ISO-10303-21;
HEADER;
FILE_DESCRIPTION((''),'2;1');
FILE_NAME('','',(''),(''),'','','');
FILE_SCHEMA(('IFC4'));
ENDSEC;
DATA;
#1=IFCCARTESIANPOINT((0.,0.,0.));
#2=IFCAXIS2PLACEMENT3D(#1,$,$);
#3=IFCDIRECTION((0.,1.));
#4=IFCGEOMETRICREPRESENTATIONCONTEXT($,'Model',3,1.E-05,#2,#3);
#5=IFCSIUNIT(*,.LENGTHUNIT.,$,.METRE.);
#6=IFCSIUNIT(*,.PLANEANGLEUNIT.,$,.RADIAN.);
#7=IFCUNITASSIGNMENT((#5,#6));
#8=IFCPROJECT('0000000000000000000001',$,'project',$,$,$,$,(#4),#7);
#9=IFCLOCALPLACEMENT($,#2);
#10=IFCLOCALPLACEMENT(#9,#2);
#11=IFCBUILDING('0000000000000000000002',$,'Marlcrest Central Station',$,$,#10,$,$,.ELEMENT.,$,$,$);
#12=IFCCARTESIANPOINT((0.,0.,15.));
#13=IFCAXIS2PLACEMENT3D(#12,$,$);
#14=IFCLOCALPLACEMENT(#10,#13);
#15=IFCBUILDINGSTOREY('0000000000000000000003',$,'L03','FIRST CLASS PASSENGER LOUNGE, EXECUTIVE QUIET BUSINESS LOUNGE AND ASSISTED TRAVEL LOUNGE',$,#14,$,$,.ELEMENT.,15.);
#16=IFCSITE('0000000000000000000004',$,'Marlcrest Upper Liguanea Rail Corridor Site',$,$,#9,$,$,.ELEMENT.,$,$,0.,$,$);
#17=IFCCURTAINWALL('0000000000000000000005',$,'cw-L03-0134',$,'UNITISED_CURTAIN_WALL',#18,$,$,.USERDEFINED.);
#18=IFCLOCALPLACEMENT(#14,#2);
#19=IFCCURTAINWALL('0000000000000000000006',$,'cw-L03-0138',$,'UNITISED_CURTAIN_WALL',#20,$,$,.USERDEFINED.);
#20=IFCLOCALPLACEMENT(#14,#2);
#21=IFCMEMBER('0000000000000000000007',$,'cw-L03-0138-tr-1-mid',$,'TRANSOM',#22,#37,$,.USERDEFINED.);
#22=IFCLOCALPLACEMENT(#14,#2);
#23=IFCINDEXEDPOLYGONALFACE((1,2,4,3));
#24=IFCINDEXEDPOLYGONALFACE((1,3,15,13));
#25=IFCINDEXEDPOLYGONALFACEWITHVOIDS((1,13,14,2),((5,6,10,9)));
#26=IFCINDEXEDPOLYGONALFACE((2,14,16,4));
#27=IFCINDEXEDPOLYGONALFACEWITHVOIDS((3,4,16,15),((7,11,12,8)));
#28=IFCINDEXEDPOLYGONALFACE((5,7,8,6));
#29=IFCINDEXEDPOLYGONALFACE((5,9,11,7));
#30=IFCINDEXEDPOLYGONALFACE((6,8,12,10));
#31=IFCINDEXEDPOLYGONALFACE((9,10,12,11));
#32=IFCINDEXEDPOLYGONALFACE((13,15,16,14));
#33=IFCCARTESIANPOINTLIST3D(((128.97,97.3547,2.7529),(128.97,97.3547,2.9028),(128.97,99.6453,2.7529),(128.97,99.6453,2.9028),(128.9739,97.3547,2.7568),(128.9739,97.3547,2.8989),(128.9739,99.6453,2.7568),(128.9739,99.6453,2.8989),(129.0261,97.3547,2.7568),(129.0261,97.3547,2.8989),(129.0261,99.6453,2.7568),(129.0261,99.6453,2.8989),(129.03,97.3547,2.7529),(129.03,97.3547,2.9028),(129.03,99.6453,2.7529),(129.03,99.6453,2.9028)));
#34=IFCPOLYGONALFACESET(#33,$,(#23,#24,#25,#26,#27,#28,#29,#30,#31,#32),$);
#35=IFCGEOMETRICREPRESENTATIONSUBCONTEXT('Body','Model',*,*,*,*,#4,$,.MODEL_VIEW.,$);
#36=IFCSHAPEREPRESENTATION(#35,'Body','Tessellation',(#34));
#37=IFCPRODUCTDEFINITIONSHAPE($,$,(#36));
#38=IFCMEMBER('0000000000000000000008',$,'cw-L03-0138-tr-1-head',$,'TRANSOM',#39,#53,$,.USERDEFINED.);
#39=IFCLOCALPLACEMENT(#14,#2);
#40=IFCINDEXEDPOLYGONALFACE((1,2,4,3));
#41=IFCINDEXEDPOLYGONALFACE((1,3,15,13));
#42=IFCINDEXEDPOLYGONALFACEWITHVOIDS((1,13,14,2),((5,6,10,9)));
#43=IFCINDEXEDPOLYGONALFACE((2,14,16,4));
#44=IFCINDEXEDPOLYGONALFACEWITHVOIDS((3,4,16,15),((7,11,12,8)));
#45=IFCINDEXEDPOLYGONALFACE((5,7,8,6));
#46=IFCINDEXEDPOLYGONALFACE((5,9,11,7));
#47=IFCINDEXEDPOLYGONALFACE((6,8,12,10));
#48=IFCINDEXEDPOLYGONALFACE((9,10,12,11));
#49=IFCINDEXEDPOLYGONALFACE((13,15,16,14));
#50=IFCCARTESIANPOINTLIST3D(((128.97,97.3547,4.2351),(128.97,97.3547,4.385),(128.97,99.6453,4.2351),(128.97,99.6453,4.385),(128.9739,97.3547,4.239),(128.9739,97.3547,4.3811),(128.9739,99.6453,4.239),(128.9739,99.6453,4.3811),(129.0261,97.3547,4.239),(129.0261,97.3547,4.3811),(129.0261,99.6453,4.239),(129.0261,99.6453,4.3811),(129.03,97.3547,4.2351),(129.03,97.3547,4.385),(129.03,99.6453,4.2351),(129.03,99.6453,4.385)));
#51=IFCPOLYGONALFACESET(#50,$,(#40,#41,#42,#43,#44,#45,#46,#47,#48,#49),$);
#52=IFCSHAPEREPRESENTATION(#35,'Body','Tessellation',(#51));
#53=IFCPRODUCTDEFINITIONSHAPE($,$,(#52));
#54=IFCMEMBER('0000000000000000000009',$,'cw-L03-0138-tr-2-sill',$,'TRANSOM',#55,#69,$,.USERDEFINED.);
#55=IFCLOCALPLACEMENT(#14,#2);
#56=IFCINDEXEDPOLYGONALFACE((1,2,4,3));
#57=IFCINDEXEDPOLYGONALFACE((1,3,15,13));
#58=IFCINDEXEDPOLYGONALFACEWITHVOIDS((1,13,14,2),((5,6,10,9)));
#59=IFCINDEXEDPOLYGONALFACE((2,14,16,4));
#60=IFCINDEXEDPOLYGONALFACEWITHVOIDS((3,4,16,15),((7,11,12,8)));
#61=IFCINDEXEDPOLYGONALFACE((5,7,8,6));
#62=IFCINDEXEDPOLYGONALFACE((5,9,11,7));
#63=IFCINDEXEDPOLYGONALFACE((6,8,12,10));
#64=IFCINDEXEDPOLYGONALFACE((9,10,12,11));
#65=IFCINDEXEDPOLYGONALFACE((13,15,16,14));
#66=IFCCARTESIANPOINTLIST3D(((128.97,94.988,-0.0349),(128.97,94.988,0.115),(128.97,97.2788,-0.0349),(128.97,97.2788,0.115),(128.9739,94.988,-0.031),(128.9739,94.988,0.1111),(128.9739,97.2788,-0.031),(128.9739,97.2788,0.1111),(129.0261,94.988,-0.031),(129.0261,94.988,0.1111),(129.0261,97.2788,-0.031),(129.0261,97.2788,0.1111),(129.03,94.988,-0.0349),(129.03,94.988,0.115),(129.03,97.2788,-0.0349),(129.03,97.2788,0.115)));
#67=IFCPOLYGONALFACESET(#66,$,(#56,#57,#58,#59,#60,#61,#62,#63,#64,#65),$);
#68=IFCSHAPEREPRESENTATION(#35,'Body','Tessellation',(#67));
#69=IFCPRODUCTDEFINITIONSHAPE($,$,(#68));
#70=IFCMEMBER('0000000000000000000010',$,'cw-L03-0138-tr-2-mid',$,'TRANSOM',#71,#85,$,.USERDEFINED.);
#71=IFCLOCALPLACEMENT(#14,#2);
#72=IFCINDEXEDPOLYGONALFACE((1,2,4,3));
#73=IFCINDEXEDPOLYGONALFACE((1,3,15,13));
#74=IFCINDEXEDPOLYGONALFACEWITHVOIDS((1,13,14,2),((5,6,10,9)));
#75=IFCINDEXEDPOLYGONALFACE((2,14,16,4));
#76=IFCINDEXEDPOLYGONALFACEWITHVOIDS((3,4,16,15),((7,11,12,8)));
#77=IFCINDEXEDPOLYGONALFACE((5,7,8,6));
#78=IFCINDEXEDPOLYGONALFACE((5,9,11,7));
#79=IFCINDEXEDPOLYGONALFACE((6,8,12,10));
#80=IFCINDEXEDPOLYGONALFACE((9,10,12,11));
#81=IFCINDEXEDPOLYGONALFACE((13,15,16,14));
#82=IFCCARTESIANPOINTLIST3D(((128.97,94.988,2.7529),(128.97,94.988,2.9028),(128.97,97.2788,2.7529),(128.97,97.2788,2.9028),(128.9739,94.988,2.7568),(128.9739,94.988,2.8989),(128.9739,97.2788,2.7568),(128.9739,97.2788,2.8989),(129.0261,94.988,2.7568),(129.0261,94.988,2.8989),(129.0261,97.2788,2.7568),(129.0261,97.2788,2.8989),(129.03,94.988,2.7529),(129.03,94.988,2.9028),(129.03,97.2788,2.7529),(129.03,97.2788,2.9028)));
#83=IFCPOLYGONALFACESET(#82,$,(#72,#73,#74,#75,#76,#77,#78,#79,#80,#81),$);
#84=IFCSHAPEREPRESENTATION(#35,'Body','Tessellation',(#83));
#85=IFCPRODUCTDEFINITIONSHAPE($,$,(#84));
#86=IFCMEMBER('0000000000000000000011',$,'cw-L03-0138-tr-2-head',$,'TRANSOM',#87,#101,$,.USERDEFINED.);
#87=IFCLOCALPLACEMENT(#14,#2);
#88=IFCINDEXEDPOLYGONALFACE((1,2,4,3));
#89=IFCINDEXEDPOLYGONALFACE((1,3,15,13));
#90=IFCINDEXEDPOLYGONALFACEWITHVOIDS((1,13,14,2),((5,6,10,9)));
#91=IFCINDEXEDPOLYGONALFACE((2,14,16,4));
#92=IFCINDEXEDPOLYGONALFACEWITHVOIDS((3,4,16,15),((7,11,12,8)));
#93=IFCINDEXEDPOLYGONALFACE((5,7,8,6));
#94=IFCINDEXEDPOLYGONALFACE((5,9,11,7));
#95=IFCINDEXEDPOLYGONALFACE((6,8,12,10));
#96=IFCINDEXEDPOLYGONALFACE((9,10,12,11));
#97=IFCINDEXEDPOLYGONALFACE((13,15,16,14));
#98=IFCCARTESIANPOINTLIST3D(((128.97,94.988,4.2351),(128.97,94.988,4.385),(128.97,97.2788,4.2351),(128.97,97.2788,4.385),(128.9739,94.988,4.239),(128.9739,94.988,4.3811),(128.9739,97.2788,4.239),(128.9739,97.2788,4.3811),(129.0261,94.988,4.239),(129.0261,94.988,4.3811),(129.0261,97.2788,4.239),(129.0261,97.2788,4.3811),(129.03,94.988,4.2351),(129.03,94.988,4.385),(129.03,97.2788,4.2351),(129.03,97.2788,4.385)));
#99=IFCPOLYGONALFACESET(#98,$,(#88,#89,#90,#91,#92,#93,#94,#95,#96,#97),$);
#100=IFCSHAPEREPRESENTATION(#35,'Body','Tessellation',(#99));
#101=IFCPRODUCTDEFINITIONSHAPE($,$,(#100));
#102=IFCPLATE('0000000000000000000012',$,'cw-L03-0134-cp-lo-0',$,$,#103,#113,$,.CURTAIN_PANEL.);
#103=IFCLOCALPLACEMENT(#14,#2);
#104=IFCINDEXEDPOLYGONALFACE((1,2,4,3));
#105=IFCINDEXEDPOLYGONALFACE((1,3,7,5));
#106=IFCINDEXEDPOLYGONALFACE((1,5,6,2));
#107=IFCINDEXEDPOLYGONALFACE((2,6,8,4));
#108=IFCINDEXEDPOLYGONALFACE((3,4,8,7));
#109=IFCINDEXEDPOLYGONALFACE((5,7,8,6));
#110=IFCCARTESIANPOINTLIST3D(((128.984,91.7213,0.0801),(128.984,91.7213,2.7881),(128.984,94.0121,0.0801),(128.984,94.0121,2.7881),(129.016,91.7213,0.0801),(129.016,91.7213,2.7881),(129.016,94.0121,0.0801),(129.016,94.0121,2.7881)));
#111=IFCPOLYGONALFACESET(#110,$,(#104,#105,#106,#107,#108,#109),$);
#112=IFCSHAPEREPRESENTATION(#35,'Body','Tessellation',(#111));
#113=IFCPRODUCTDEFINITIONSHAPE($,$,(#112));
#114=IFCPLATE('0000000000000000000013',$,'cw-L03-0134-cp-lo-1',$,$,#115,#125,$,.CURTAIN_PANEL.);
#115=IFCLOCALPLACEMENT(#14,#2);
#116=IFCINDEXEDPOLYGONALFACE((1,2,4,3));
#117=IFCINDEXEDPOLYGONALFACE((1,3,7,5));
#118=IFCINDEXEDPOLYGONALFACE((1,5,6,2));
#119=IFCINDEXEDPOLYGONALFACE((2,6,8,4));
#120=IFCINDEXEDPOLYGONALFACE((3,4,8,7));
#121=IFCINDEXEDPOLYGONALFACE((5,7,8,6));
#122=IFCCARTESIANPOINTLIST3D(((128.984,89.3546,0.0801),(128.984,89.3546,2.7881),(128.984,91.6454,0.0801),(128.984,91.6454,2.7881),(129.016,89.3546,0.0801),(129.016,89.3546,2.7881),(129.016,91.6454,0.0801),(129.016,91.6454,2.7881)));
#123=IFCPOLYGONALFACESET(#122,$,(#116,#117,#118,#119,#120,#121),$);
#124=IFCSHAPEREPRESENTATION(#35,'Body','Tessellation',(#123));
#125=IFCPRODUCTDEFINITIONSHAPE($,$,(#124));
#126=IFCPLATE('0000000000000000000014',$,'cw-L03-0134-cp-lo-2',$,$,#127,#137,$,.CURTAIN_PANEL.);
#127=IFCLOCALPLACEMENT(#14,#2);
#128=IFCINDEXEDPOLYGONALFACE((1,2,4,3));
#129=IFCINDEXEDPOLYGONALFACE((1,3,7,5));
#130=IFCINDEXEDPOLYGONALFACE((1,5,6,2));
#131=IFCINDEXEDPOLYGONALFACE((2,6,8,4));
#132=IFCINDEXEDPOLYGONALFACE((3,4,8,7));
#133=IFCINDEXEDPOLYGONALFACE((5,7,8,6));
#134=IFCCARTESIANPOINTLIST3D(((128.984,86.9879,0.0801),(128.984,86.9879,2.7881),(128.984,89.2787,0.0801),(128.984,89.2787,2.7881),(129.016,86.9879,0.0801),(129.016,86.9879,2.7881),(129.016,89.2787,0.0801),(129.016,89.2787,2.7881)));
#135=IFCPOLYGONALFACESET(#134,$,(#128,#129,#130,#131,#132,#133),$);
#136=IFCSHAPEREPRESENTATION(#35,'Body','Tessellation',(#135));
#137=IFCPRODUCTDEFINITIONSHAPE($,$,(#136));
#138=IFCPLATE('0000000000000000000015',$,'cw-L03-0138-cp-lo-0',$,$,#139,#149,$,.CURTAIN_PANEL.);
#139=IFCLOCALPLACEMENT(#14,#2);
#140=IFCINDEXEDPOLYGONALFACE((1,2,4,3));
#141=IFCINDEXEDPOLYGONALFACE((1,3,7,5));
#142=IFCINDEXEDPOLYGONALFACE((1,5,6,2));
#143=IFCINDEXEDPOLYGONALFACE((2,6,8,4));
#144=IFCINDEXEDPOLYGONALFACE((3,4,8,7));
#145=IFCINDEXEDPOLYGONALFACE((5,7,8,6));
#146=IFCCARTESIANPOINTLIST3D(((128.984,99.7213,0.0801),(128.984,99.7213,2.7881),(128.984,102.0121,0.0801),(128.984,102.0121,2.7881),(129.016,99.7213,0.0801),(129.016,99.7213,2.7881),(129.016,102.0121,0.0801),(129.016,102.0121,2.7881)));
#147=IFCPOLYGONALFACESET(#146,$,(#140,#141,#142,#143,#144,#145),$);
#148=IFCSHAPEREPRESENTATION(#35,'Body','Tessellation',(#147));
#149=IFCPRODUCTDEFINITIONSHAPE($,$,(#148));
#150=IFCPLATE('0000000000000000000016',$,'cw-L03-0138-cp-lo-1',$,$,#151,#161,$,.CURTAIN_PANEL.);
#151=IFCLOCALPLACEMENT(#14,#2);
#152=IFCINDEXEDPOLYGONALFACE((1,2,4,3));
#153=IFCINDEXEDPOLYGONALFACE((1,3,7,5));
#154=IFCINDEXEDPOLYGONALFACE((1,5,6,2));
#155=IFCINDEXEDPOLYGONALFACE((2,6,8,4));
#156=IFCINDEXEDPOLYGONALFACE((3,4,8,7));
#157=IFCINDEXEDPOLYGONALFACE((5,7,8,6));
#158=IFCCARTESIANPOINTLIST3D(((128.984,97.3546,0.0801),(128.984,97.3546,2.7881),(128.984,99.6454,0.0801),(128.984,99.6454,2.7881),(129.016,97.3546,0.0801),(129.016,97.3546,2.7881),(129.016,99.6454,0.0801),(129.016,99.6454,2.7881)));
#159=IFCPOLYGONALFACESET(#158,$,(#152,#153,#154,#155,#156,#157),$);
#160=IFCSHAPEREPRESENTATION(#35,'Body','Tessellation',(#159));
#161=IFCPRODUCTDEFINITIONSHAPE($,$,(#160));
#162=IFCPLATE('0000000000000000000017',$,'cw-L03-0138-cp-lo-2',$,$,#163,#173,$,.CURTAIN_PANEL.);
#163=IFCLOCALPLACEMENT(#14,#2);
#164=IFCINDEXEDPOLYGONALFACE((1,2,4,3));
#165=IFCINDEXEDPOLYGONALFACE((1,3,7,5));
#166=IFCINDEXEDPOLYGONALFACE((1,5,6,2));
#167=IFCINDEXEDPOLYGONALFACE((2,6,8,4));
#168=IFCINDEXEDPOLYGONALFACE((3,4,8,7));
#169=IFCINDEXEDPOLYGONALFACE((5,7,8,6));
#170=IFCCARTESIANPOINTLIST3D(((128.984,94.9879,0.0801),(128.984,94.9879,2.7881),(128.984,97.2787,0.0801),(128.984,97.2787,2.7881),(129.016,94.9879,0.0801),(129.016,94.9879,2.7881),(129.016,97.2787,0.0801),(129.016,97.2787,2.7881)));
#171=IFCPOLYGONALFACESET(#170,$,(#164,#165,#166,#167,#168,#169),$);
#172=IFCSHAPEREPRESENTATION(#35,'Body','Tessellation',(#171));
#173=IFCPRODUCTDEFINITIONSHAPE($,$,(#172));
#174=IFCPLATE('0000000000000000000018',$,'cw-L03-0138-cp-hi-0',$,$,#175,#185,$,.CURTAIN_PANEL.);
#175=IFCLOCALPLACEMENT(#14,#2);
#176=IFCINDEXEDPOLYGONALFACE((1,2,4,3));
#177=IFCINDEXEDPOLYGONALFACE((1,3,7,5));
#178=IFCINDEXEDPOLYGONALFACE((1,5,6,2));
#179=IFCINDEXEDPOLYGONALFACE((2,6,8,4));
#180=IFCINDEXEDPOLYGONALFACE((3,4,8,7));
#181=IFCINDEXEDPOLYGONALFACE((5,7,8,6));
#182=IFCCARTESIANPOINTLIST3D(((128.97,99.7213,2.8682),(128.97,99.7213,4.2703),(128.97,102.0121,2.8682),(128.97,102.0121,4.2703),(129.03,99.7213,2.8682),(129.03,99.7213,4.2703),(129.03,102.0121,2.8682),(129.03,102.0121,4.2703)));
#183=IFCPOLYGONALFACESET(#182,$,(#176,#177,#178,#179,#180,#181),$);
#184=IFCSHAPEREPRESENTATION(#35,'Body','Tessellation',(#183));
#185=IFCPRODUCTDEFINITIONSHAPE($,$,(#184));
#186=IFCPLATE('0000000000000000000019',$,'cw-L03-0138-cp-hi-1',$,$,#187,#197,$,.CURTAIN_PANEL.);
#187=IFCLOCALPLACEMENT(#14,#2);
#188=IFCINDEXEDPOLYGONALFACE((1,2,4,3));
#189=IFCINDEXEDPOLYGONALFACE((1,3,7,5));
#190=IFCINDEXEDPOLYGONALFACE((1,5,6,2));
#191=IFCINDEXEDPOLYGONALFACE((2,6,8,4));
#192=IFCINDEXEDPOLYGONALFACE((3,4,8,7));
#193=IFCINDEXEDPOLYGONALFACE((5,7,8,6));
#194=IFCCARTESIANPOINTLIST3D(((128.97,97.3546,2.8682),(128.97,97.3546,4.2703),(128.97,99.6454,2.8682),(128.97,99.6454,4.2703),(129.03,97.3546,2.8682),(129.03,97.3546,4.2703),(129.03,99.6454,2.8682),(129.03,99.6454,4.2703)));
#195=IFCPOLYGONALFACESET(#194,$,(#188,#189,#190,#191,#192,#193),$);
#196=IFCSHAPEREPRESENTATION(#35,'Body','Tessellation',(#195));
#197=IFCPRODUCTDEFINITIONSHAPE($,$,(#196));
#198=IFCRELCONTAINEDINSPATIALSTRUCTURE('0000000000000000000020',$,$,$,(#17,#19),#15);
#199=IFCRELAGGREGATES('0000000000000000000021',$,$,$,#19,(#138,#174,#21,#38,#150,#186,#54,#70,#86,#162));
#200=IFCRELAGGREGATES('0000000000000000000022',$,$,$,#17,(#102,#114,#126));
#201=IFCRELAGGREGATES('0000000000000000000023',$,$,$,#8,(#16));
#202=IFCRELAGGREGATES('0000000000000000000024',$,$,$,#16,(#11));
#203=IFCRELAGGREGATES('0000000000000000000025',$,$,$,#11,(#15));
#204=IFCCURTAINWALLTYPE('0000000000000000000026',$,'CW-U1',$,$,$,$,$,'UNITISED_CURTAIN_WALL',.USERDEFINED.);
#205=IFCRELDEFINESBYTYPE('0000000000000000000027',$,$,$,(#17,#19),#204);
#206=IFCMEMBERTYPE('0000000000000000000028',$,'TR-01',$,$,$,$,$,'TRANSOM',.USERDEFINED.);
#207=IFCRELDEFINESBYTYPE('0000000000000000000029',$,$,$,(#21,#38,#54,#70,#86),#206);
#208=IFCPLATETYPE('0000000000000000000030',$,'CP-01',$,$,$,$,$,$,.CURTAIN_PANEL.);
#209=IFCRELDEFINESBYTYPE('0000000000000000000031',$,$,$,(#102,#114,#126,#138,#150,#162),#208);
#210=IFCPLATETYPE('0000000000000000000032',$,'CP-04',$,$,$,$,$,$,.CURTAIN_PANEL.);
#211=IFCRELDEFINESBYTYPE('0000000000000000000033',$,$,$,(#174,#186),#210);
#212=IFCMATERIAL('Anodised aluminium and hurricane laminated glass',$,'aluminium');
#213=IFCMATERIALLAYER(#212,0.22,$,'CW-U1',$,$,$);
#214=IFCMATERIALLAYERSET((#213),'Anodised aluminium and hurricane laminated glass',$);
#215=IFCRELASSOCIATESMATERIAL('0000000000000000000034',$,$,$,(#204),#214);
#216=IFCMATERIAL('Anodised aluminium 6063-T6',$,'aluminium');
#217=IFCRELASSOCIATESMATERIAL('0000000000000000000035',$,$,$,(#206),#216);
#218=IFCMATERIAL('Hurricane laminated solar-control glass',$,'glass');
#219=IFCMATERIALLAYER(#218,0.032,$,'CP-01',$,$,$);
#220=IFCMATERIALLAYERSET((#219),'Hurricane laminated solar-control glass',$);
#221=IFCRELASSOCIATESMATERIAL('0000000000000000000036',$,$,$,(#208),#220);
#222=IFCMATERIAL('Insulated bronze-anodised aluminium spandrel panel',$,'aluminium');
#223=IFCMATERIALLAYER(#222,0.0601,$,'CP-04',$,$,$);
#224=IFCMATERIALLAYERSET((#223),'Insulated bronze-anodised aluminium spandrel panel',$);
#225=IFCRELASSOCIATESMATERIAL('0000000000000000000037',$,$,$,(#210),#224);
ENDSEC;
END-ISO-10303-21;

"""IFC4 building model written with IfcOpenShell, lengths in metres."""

from ifc_helpers import new_model, si_unit, direction, frame, origin, origin_2d, place, context, subcontext, project, spatial, rectangle, hollow_rectangle, extrude, material, layer, layer_set, material_profile, profile_set, type_object, element, aggregate, save


model = new_model("IFC4")

# Units and contexts
model_context = context("Model", 3, precision=1e-05, world=origin(), true_north=direction((0.0, 1.0)))
body_context = subcontext(model_context, "Body", "Model", "MODEL_VIEW")
ifc_project = project(units=[si_unit("LENGTHUNIT", "METRE"), si_unit("PLANEANGLEUNIT", "RADIAN")], contexts=[model_context])

# Site, building, storey
site_placement = place(None, origin())
site = spatial("IfcSite", under=ifc_project, at=site_placement, Name="Marlcrest Upper Liguanea Rail Corridor Site", CompositionType="ELEMENT", RefElevation=0.0)
building_placement = place(site_placement, origin())
building = spatial("IfcBuilding", under=site, at=building_placement, Name="Marlcrest Central Station", CompositionType="ELEMENT")
storey_placement = place(building_placement, frame((0.0, 0.0, 15.0)))
storey = spatial("IfcBuildingStorey", under=building, at=storey_placement, Name="L03", Description="FIRST CLASS PASSENGER LOUNGE, EXECUTIVE QUIET BUSINESS LOUNGE AND ASSISTED TRAVEL LOUNGE", CompositionType="ELEMENT", Elevation=15.0)

# Curtain walls
ifc_material_1 = material(Name="Anodised aluminium and hurricane laminated glass", Category="aluminium")
ifc_layer_1 = layer(ifc_material_1, 0.22, Name="CW-U1")
ifc_layer_set_1 = layer_set([ifc_layer_1], Name="Anodised aluminium and hurricane laminated glass")
curtain_wall_type = type_object("IfcCurtainWallType", Name="CW-U1", ElementType="UNITISED_CURTAIN_WALL", PredefinedType="USERDEFINED", material=ifc_layer_set_1)
curtain_wall_1_placement = place(storey_placement, origin())
curtain_wall_1 = element("IfcCurtainWall", 1, at=curtain_wall_1_placement, inside=storey, type_object=curtain_wall_type, Name="cw-L03-0134", ObjectType="UNITISED_CURTAIN_WALL", PredefinedType="USERDEFINED")
ifc_material_2 = material(Name="Anodised aluminium 6063-T6", Category="aluminium")
curtain_wall_2_placement = place(storey_placement, origin())
curtain_wall_2 = element("IfcCurtainWall", 2, at=curtain_wall_2_placement, inside=storey, type_object=curtain_wall_type, Name="cw-L03-0138", ObjectType="UNITISED_CURTAIN_WALL", PredefinedType="USERDEFINED")

# Members
ifc_material_profile_1 = material_profile(ifc_material_2, hollow_rectangle(XDim=0.0601, YDim=0.1499, WallThickness=0.0039, at=origin_2d()), Name="AA-RHS 150x60x4")
ifc_profile_set_1 = profile_set([ifc_material_profile_1], Name="Anodised aluminium 6063-T6")
member_type_1 = type_object("IfcMemberType", Name="TR-01", ElementType="TRANSOM", PredefinedType="USERDEFINED", material=ifc_profile_set_1)
member_1_placement = place(storey_placement, frame((129.0, 99.6453, 2.8279), z_axis=(0.0, -1.0, 0.0), x_axis=(1.0, 0.0, 0.0)))
member_1 = element("IfcMember", 3, at=member_1_placement, type_object=member_type_1, Name="cw-L03-0138-tr-1-mid", ObjectType="TRANSOM", PredefinedType="USERDEFINED", context=body_context, shape_type="SweptSolid", body=[
    extrude(hollow_rectangle(XDim=0.0601, YDim=0.1499, WallThickness=0.0039, at=origin_2d()), origin(), (0.0, 0.0, 1.0), 2.2905),
])
member_2_placement = place(storey_placement, frame((129.0, 99.6453, 4.3101), z_axis=(0.0, -1.0, 0.0), x_axis=(1.0, 0.0, 0.0)))
member_2 = element("IfcMember", 4, at=member_2_placement, type_object=member_type_1, Name="cw-L03-0138-tr-1-head", ObjectType="TRANSOM", PredefinedType="USERDEFINED", context=body_context, shape_type="SweptSolid", body=[
    extrude(hollow_rectangle(XDim=0.0601, YDim=0.1499, WallThickness=0.0039, at=origin_2d()), origin(), (0.0, 0.0, 1.0), 2.2905),
])
member_3_placement = place(storey_placement, frame((129.0, 97.2788, 0.04), z_axis=(0.0, -1.0, 0.0), x_axis=(1.0, 0.0, 0.0)))
member_3 = element("IfcMember", 5, at=member_3_placement, type_object=member_type_1, Name="cw-L03-0138-tr-2-sill", ObjectType="TRANSOM", PredefinedType="USERDEFINED", context=body_context, shape_type="SweptSolid", body=[
    extrude(hollow_rectangle(XDim=0.0601, YDim=0.1499, WallThickness=0.0039, at=origin_2d()), origin(), (0.0, 0.0, 1.0), 2.2908),
])
member_4_placement = place(storey_placement, frame((129.0, 97.2788, 2.8279), z_axis=(0.0, -1.0, 0.0), x_axis=(1.0, 0.0, 0.0)))
member_4 = element("IfcMember", 6, at=member_4_placement, type_object=member_type_1, Name="cw-L03-0138-tr-2-mid", ObjectType="TRANSOM", PredefinedType="USERDEFINED", context=body_context, shape_type="SweptSolid", body=[
    extrude(hollow_rectangle(XDim=0.0601, YDim=0.1499, WallThickness=0.0039, at=origin_2d()), origin(), (0.0, 0.0, 1.0), 2.2908),
])
member_5_placement = place(storey_placement, frame((129.0, 97.2788, 4.3101), z_axis=(0.0, -1.0, 0.0), x_axis=(1.0, 0.0, 0.0)))
member_5 = element("IfcMember", 7, at=member_5_placement, type_object=member_type_1, Name="cw-L03-0138-tr-2-head", ObjectType="TRANSOM", PredefinedType="USERDEFINED", context=body_context, shape_type="SweptSolid", body=[
    extrude(hollow_rectangle(XDim=0.0601, YDim=0.1499, WallThickness=0.0039, at=origin_2d()), origin(), (0.0, 0.0, 1.0), 2.2908),
])

# Plates
ifc_material_3 = material(Name="Hurricane laminated solar-control glass", Category="glass")
ifc_layer_2 = layer(ifc_material_3, 0.032, Name="CP-01")
ifc_layer_set_2 = layer_set([ifc_layer_2], Name="Hurricane laminated solar-control glass")
plate_type_1 = type_object("IfcPlateType", Name="CP-01", PredefinedType="CURTAIN_PANEL", material=ifc_layer_set_2)
plate_1_placement = place(storey_placement, frame((129.0, 92.8667, 0.0801), z_axis=(0.0, 0.0, 1.0), x_axis=(0.0, -1.0, 0.0)))
plate_1 = element("IfcPlate", 8, at=plate_1_placement, type_object=plate_type_1, Name="cw-L03-0134-cp-lo-0", PredefinedType="CURTAIN_PANEL", context=body_context, shape_type="SweptSolid", body=[
    extrude(rectangle(XDim=2.2908, YDim=0.032, at=origin_2d()), origin(), (0.0, 0.0, 1.0), 2.708),
])
plate_2_placement = place(storey_placement, frame((129.0, 90.5, 0.0801), z_axis=(0.0, 0.0, 1.0), x_axis=(0.0, -1.0, 0.0)))
plate_2 = element("IfcPlate", 9, at=plate_2_placement, type_object=plate_type_1, Name="cw-L03-0134-cp-lo-1", PredefinedType="CURTAIN_PANEL", context=body_context, shape_type="SweptSolid", body=[
    extrude(rectangle(XDim=2.2908, YDim=0.032, at=origin_2d()), origin(), (0.0, 0.0, 1.0), 2.708),
])
plate_3_placement = place(storey_placement, frame((129.0, 88.1333, 0.0801), z_axis=(0.0, 0.0, 1.0), x_axis=(0.0, -1.0, 0.0)))
plate_3 = element("IfcPlate", 10, at=plate_3_placement, type_object=plate_type_1, Name="cw-L03-0134-cp-lo-2", PredefinedType="CURTAIN_PANEL", context=body_context, shape_type="SweptSolid", body=[
    extrude(rectangle(XDim=2.2908, YDim=0.032, at=origin_2d()), origin(), (0.0, 0.0, 1.0), 2.708),
])
plate_4_placement = place(storey_placement, frame((129.0, 100.8667, 0.0801), z_axis=(0.0, 0.0, 1.0), x_axis=(0.0, -1.0, 0.0)))
plate_4 = element("IfcPlate", 11, at=plate_4_placement, type_object=plate_type_1, Name="cw-L03-0138-cp-lo-0", PredefinedType="CURTAIN_PANEL", context=body_context, shape_type="SweptSolid", body=[
    extrude(rectangle(XDim=2.2908, YDim=0.032, at=origin_2d()), origin(), (0.0, 0.0, 1.0), 2.708),
])
plate_5_placement = place(storey_placement, frame((129.0, 98.5, 0.0801), z_axis=(0.0, 0.0, 1.0), x_axis=(0.0, -1.0, 0.0)))
plate_5 = element("IfcPlate", 12, at=plate_5_placement, type_object=plate_type_1, Name="cw-L03-0138-cp-lo-1", PredefinedType="CURTAIN_PANEL", context=body_context, shape_type="SweptSolid", body=[
    extrude(rectangle(XDim=2.2908, YDim=0.032, at=origin_2d()), origin(), (0.0, 0.0, 1.0), 2.708),
])
plate_6_placement = place(storey_placement, frame((129.0, 96.1333, 0.0801), z_axis=(0.0, 0.0, 1.0), x_axis=(0.0, -1.0, 0.0)))
plate_6 = element("IfcPlate", 13, at=plate_6_placement, type_object=plate_type_1, Name="cw-L03-0138-cp-lo-2", PredefinedType="CURTAIN_PANEL", context=body_context, shape_type="SweptSolid", body=[
    extrude(rectangle(XDim=2.2908, YDim=0.032, at=origin_2d()), origin(), (0.0, 0.0, 1.0), 2.708),
])
ifc_material_4 = material(Name="Insulated bronze-anodised aluminium spandrel panel", Category="aluminium")
ifc_layer_3 = layer(ifc_material_4, 0.0601, Name="CP-04")
ifc_layer_set_3 = layer_set([ifc_layer_3], Name="Insulated bronze-anodised aluminium spandrel panel")
plate_type_2 = type_object("IfcPlateType", Name="CP-04", PredefinedType="CURTAIN_PANEL", material=ifc_layer_set_3)
plate_7_placement = place(storey_placement, frame((129.0, 100.8667, 2.8682), z_axis=(0.0, 0.0, 1.0), x_axis=(0.0, -1.0, 0.0)))
plate_7 = element("IfcPlate", 14, at=plate_7_placement, type_object=plate_type_2, Name="cw-L03-0138-cp-hi-0", PredefinedType="CURTAIN_PANEL", context=body_context, shape_type="SweptSolid", body=[
    extrude(rectangle(XDim=2.2908, YDim=0.0601, at=origin_2d()), origin(), (0.0, 0.0, 1.0), 1.4021),
])
plate_8_placement = place(storey_placement, frame((129.0, 98.5, 2.8682), z_axis=(0.0, 0.0, 1.0), x_axis=(0.0, -1.0, 0.0)))
plate_8 = element("IfcPlate", 15, at=plate_8_placement, type_object=plate_type_2, Name="cw-L03-0138-cp-hi-1", PredefinedType="CURTAIN_PANEL", context=body_context, shape_type="SweptSolid", body=[
    extrude(rectangle(XDim=2.2908, YDim=0.0601, at=origin_2d()), origin(), (0.0, 0.0, 1.0), 1.4021),
])
aggregate(curtain_wall_2, [plate_4, plate_7, member_1, member_2, plate_5, plate_8, member_3, member_4, member_5, plate_6])
aggregate(curtain_wall_1, [plate_1, plate_2, plate_3])

save(model, "model.ifc")
